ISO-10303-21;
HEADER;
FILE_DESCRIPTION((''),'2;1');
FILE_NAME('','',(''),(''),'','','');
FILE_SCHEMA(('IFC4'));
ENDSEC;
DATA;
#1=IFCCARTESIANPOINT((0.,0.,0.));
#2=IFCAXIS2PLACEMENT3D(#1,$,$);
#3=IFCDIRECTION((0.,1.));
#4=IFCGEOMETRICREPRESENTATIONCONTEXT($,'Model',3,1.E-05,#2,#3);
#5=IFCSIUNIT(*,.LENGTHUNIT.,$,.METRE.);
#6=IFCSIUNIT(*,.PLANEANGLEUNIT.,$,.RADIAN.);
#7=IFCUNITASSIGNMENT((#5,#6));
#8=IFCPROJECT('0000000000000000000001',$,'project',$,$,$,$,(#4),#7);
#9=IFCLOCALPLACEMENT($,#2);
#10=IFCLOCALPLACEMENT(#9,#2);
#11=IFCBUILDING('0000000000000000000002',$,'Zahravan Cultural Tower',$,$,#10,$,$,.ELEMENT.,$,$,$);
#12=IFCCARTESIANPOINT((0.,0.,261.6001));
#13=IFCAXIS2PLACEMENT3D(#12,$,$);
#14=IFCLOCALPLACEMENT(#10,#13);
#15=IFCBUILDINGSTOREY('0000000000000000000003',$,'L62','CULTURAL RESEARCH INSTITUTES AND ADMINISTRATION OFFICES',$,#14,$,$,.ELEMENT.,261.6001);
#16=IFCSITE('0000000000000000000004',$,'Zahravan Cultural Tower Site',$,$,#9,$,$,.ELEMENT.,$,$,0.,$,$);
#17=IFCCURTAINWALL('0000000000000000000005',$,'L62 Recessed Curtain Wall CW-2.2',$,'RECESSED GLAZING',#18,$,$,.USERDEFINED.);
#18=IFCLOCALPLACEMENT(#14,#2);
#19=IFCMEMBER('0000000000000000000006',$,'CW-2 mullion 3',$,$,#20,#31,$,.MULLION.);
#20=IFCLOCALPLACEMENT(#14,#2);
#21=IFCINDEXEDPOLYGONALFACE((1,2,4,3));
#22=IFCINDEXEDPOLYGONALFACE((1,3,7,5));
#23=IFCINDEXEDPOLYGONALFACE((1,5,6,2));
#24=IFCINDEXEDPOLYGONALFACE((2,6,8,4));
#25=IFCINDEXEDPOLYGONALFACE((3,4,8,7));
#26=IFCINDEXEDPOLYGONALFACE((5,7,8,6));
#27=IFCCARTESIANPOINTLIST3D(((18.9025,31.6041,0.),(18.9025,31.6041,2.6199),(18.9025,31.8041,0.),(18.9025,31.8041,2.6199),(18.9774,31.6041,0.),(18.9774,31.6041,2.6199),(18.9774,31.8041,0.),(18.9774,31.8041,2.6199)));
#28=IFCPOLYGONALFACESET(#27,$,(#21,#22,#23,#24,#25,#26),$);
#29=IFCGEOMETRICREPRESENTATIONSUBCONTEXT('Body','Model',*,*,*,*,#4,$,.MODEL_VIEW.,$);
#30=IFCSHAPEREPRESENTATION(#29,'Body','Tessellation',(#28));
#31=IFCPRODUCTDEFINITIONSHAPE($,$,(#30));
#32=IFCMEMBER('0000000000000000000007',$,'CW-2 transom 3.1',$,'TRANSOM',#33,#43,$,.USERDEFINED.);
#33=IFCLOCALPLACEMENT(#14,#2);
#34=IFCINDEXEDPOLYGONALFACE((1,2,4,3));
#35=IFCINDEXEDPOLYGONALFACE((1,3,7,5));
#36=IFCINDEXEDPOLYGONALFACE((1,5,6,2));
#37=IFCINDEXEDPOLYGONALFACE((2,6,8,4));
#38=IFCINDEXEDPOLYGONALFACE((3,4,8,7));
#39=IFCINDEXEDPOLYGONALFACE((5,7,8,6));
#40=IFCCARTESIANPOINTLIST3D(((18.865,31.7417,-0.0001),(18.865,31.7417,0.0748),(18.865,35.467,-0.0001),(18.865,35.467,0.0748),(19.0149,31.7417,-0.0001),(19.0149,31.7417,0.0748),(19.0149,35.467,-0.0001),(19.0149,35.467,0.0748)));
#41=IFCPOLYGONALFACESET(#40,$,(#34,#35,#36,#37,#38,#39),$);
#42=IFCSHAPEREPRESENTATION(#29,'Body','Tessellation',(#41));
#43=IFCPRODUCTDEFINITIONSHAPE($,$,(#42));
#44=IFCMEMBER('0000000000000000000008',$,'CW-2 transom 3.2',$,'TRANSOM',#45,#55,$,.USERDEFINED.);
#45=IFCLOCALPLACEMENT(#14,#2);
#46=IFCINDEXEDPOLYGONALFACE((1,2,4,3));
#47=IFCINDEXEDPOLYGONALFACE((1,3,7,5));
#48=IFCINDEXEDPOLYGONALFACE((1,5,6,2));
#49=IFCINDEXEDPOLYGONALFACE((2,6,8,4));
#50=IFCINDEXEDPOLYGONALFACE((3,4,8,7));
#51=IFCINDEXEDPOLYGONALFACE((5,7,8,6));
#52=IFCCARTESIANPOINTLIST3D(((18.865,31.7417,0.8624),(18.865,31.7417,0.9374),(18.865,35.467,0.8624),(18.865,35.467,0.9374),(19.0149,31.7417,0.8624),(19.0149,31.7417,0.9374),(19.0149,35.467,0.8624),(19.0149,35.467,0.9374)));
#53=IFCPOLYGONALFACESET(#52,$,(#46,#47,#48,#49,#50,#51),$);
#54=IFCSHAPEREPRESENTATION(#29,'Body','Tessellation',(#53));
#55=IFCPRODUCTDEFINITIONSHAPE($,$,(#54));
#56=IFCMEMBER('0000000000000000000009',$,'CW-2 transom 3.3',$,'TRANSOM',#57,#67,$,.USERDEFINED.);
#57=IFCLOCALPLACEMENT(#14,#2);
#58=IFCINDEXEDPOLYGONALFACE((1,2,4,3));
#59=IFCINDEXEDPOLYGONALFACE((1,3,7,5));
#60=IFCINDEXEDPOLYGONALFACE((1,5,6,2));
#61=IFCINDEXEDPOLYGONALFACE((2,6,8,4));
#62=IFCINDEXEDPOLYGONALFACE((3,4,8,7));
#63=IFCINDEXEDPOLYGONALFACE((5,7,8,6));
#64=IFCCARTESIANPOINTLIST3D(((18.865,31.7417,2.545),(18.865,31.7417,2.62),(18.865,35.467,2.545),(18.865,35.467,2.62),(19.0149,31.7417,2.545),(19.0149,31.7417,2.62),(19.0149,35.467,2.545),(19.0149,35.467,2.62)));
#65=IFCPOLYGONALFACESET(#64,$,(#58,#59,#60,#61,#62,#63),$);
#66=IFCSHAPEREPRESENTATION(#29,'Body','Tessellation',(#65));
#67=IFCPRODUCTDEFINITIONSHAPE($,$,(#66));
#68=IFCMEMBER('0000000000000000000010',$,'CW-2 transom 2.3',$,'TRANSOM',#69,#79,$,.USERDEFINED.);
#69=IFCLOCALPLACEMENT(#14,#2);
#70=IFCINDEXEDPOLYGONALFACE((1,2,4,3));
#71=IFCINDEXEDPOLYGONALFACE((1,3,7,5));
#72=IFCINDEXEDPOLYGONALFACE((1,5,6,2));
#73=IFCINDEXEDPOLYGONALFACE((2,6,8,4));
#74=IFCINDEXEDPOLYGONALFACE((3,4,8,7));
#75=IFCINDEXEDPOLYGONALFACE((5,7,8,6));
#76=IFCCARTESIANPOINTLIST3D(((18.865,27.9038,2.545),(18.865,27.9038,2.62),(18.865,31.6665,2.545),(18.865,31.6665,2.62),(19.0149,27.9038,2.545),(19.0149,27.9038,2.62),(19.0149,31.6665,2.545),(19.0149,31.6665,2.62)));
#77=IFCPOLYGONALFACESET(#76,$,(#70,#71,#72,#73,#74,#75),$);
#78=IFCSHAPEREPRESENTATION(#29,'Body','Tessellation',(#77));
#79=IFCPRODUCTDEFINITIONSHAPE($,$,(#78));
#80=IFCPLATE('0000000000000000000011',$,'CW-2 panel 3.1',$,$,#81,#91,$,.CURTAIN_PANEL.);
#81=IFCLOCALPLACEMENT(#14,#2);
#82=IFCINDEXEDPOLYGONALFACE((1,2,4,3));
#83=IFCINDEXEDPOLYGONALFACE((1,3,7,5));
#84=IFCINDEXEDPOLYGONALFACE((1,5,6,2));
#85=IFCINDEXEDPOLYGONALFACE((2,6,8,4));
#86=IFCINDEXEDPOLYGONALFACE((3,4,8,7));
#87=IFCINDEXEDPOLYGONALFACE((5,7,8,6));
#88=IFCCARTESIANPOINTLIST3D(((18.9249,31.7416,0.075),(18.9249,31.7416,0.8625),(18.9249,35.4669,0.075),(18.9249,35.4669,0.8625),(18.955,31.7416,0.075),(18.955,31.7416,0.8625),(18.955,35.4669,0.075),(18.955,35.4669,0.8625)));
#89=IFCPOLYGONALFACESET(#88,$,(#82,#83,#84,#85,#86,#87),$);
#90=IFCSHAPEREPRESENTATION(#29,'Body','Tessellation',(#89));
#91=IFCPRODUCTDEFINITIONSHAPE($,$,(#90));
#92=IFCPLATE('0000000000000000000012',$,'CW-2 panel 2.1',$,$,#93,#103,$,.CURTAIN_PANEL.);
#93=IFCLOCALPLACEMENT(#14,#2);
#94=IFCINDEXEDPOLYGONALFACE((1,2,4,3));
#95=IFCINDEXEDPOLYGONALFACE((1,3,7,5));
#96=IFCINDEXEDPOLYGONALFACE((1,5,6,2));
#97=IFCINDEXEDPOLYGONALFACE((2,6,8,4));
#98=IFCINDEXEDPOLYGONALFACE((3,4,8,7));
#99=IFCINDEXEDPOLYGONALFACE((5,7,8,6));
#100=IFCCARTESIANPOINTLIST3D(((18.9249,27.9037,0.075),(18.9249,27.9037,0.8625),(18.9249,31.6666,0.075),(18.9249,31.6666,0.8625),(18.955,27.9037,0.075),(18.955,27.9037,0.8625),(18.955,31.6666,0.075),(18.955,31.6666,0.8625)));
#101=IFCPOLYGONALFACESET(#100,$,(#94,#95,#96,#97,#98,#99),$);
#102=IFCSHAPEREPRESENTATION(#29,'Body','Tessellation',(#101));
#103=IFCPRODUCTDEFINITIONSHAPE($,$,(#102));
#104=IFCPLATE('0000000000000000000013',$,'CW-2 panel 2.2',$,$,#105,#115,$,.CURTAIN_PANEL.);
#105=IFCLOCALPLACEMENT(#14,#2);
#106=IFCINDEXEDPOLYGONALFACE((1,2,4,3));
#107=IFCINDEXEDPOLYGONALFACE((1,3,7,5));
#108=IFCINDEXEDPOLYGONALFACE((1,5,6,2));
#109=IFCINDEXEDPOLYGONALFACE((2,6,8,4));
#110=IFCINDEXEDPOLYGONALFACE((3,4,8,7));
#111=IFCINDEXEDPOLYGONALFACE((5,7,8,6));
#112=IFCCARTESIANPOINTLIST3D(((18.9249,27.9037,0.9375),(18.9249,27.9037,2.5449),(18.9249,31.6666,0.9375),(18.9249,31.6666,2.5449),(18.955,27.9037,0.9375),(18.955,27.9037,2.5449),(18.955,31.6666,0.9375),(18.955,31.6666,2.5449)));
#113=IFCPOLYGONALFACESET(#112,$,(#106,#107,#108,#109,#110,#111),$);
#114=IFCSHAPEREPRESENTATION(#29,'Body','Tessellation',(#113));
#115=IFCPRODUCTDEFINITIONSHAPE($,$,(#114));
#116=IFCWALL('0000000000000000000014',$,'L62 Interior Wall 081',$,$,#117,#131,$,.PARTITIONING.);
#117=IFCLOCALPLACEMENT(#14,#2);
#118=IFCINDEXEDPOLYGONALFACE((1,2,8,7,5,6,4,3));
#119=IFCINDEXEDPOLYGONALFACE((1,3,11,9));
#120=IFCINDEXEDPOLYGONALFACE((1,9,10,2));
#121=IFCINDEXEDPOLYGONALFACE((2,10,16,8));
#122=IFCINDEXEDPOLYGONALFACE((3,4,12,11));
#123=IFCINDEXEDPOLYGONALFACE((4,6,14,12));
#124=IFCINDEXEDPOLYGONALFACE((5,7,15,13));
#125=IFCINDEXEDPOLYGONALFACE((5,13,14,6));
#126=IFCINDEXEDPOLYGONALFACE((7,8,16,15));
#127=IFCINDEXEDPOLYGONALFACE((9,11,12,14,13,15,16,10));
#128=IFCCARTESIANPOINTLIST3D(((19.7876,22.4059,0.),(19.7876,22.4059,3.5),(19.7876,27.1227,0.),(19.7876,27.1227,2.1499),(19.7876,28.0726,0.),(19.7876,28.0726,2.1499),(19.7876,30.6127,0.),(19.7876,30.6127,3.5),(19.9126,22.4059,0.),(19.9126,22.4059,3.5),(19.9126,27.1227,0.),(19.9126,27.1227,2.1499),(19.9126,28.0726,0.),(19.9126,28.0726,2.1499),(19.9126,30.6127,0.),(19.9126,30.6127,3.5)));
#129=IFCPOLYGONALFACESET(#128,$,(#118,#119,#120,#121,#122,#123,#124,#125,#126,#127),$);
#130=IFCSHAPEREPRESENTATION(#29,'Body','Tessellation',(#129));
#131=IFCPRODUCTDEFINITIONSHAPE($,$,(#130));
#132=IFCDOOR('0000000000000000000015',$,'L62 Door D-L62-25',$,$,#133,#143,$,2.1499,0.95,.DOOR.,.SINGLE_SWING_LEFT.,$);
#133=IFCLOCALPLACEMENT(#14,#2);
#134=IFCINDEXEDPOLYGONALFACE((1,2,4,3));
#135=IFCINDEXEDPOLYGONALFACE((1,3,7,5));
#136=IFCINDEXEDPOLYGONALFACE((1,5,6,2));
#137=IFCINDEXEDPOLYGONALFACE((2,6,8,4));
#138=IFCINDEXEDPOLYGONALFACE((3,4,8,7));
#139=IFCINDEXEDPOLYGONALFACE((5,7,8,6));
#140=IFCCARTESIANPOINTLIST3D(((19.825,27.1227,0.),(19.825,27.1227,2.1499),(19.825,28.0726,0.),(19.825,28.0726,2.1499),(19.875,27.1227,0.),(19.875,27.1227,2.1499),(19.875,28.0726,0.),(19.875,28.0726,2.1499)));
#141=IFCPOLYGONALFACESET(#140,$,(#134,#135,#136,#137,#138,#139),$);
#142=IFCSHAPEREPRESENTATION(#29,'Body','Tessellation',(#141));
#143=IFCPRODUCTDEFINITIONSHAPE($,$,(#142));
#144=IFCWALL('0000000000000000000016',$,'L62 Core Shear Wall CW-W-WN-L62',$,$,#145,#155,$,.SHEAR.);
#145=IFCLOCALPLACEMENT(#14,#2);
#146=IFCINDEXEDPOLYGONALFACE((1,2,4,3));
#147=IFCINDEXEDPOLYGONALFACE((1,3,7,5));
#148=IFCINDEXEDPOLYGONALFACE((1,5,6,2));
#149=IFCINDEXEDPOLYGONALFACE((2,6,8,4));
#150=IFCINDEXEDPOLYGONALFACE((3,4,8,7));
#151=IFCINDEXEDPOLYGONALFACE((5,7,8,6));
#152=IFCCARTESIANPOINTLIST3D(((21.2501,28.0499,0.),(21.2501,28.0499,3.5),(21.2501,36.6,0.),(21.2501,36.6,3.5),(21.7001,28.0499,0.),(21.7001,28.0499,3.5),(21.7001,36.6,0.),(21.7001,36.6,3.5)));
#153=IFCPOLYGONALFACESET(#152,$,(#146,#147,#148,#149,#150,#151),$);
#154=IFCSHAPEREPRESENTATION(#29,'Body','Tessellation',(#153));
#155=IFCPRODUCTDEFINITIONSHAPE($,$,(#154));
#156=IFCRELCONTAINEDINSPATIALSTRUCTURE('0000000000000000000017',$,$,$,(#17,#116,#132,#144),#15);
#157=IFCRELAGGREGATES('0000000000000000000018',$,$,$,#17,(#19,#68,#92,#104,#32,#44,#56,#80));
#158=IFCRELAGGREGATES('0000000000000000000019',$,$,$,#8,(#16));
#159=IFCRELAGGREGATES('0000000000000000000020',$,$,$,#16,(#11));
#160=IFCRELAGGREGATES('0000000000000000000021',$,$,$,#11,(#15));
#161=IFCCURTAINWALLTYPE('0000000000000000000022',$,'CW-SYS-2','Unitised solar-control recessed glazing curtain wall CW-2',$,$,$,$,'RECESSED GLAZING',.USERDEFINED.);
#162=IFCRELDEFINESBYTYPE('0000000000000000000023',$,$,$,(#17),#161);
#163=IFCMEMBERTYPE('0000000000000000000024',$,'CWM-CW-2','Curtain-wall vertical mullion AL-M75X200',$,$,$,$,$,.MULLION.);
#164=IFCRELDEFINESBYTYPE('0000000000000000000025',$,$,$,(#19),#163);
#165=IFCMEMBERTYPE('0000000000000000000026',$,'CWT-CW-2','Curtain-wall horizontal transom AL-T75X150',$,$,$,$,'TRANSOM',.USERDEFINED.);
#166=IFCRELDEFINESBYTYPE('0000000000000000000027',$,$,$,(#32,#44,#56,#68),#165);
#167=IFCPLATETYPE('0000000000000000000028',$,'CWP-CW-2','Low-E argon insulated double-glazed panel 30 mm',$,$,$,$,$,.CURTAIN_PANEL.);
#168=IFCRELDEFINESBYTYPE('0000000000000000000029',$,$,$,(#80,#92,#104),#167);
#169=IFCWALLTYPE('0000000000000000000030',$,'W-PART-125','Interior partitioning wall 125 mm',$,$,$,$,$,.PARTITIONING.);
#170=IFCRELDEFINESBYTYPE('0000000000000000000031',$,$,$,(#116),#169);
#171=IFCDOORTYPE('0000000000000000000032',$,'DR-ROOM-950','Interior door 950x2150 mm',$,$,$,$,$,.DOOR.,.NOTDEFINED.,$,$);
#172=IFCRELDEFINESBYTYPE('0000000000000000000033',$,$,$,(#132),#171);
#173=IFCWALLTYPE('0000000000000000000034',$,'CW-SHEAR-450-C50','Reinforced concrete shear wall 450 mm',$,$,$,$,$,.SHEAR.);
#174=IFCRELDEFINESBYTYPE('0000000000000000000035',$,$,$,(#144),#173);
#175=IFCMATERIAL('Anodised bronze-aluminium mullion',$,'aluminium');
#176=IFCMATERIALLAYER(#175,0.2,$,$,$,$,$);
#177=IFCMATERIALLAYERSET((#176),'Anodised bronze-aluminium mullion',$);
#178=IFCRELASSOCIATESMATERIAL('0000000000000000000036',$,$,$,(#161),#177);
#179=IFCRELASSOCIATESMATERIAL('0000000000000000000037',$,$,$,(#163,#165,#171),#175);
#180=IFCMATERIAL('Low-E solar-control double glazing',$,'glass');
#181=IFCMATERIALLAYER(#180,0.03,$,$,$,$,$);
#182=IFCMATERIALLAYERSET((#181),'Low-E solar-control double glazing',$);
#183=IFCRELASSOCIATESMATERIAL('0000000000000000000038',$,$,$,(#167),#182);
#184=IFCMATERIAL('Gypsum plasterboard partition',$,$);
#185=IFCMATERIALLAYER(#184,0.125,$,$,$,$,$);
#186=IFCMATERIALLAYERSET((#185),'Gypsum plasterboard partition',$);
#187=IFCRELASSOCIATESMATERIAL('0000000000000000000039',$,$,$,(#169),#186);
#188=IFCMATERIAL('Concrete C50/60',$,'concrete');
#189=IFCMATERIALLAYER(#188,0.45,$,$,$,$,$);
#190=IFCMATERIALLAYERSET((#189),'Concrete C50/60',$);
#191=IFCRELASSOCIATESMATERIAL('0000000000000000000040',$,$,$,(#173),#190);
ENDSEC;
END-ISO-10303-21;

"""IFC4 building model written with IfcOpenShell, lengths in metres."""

from ifc_helpers import new_model, si_unit, direction, frame, frame_2d, origin, origin_2d, place, context, subcontext, project, spatial, rectangle, extrude, source, transform, mapped, material, layer, layer_set, material_profile, profile_set, type_object, element, fill, aggregate, save


model = new_model("IFC4")

# Units and contexts
model_context = context("Model", 3, precision=1e-05, world=origin(), true_north=direction((0.0, 1.0)))
body_context = subcontext(model_context, "Body", "Model", "MODEL_VIEW")
ifc_project = project(units=[si_unit("LENGTHUNIT", "METRE"), si_unit("PLANEANGLEUNIT", "RADIAN")], contexts=[model_context])

# Site, building, storey
site_placement = place(None, origin())
site = spatial("IfcSite", under=ifc_project, at=site_placement, Name="Zahravan Cultural Tower Site", CompositionType="ELEMENT", RefElevation=0.0)
building_placement = place(site_placement, origin())
building = spatial("IfcBuilding", under=site, at=building_placement, Name="Zahravan Cultural Tower", CompositionType="ELEMENT")
storey_placement = place(building_placement, frame((0.0, 0.0, 261.6001)))
storey = spatial("IfcBuildingStorey", under=building, at=storey_placement, Name="L62", Description="CULTURAL RESEARCH INSTITUTES AND ADMINISTRATION OFFICES", CompositionType="ELEMENT", Elevation=261.6001)

# Curtain wall, members, plates
ifc_material_1 = material(Name="Anodised bronze-aluminium mullion", Category="aluminium")
ifc_layer_1 = layer(ifc_material_1, 0.2)
ifc_layer_set_1 = layer_set([ifc_layer_1], Name="Anodised bronze-aluminium mullion")
curtain_wall_type = type_object("IfcCurtainWallType", Name="CW-SYS-2", Description="Unitised solar-control recessed glazing curtain wall CW-2", ElementType="RECESSED GLAZING", PredefinedType="USERDEFINED", material=ifc_layer_set_1)
curtain_wall_placement = place(storey_placement, origin())
curtain_wall = element("IfcCurtainWall", 1, at=curtain_wall_placement, inside=storey, type_object=curtain_wall_type, Name="L62 Recessed Curtain Wall CW-2.2", ObjectType="RECESSED GLAZING", PredefinedType="USERDEFINED")
ifc_material_profile_1 = material_profile(ifc_material_1, rectangle(XDim=0.075, YDim=0.2, at=origin_2d()), Name="AL-M75X200")
ifc_profile_set_1 = profile_set([ifc_material_profile_1], Name="Anodised bronze-aluminium mullion")
member_type_1 = type_object("IfcMemberType", Name="CWM-CW-2", Description="Curtain-wall vertical mullion AL-M75X200", PredefinedType="MULLION", material=ifc_profile_set_1)
shared_shape_1 = source(origin(), body_context, "Body", "SweptSolid", [
    extrude(rectangle(XDim=0.075, YDim=0.2, at=origin_2d()), origin(), (0.0, 0.0, 1.0), 2.6199),
])
member_1_placement = place(storey_placement, frame((18.9399, 31.7041, 0.0), z_axis=(0.0, 0.0, 1.0), x_axis=(-1.0, 0.0, 0.0)))
member_1 = element("IfcMember", 2, at=member_1_placement, type_object=member_type_1, Name="CW-2 mullion 3", PredefinedType="MULLION", context=body_context, shape_type="MappedRepresentation", body=[
    mapped(shared_shape_1, transform((0.0, 0.0, 0.0), x_axis=(1.0, 0.0, 0.0), y_axis=(0.0, 1.0, 0.0), z_axis=(0.0, 0.0, 1.0), scale=1.0)),
])
ifc_material_profile_2 = material_profile(ifc_material_1, rectangle(XDim=0.1499, YDim=0.075, at=origin_2d()), Name="AL-T75X150")
ifc_profile_set_2 = profile_set([ifc_material_profile_2], Name="Anodised bronze-aluminium mullion")
member_type_2 = type_object("IfcMemberType", Name="CWT-CW-2", Description="Curtain-wall horizontal transom AL-T75X150", ElementType="TRANSOM", PredefinedType="USERDEFINED", material=ifc_profile_set_2)
shared_shape_2 = source(origin(), body_context, "Body", "SweptSolid", [
    extrude(rectangle(XDim=0.1499, YDim=0.075, at=origin_2d()), origin(), (0.0, 0.0, 1.0), 3.7253),
])
member_2_placement = place(storey_placement, frame((18.9399, 31.7417, 0.0374), z_axis=(0.0, 1.0, 0.0), x_axis=(-1.0, 0.0, 0.0)))
member_2 = element("IfcMember", 3, at=member_2_placement, type_object=member_type_2, Name="CW-2 transom 3.1", ObjectType="TRANSOM", PredefinedType="USERDEFINED", context=body_context, shape_type="MappedRepresentation", body=[
    mapped(shared_shape_2, transform((0.0, 0.0, 0.0), x_axis=(1.0, 0.0, 0.0), y_axis=(0.0, 1.0, 0.0), z_axis=(0.0, 0.0, 1.0), scale=1.0)),
])
member_3_placement = place(storey_placement, frame((18.9399, 31.7417, 0.8999), z_axis=(0.0, 1.0, 0.0), x_axis=(-1.0, 0.0, 0.0)))
member_3 = element("IfcMember", 4, at=member_3_placement, type_object=member_type_2, Name="CW-2 transom 3.2", ObjectType="TRANSOM", PredefinedType="USERDEFINED", context=body_context, shape_type="MappedRepresentation", body=[
    mapped(shared_shape_2, transform((0.0, 0.0, 0.0), x_axis=(1.0, 0.0, 0.0), y_axis=(0.0, 1.0, 0.0), z_axis=(0.0, 0.0, 1.0), scale=1.0)),
])
member_4_placement = place(storey_placement, frame((18.9399, 31.7417, 2.5825), z_axis=(0.0, 1.0, 0.0), x_axis=(-1.0, 0.0, 0.0)))
member_4 = element("IfcMember", 5, at=member_4_placement, type_object=member_type_2, Name="CW-2 transom 3.3", ObjectType="TRANSOM", PredefinedType="USERDEFINED", context=body_context, shape_type="MappedRepresentation", body=[
    mapped(shared_shape_2, transform((0.0, 0.0, 0.0), x_axis=(1.0, 0.0, 0.0), y_axis=(0.0, 1.0, 0.0), z_axis=(0.0, 0.0, 1.0), scale=1.0)),
])
shared_shape_3 = source(origin(), body_context, "Body", "SweptSolid", [
    extrude(rectangle(XDim=0.1499, YDim=0.075, at=origin_2d()), origin(), (0.0, 0.0, 1.0), 3.7627),
])
member_5_placement = place(storey_placement, frame((18.9399, 27.9038, 2.5825), z_axis=(0.0, 1.0, 0.0), x_axis=(-1.0, 0.0, 0.0)))
member_5 = element("IfcMember", 6, at=member_5_placement, type_object=member_type_2, Name="CW-2 transom 2.3", ObjectType="TRANSOM", PredefinedType="USERDEFINED", context=body_context, shape_type="MappedRepresentation", body=[
    mapped(shared_shape_3, transform((0.0, 0.0, 0.0), x_axis=(1.0, 0.0, 0.0), y_axis=(0.0, 1.0, 0.0), z_axis=(0.0, 0.0, 1.0), scale=1.0)),
])
ifc_material_2 = material(Name="Low-E solar-control double glazing", Category="glass")
ifc_layer_2 = layer(ifc_material_2, 0.03)
ifc_layer_set_2 = layer_set([ifc_layer_2], Name="Low-E solar-control double glazing")
plate_type = type_object("IfcPlateType", Name="CWP-CW-2", Description="Low-E argon insulated double-glazed panel 30 mm", PredefinedType="CURTAIN_PANEL", material=ifc_layer_set_2)
shared_shape_4 = source(origin(), body_context, "Body", "SweptSolid", [
    extrude(rectangle(XDim=3.7253, YDim=0.03, at=origin_2d()), origin(), (0.0, 0.0, 1.0), 0.7876),
])
plate_1_placement = place(storey_placement, frame((18.9399, 33.6042, 0.075), z_axis=(0.0, 0.0, 1.0), x_axis=(0.0, 1.0, 0.0)))
plate_1 = element("IfcPlate", 7, at=plate_1_placement, type_object=plate_type, Name="CW-2 panel 3.1", PredefinedType="CURTAIN_PANEL", context=body_context, shape_type="MappedRepresentation", body=[
    mapped(shared_shape_4, transform((0.0, 0.0, 0.0), x_axis=(1.0, 0.0, 0.0), y_axis=(0.0, 1.0, 0.0), z_axis=(0.0, 0.0, 1.0), scale=1.0)),
])
shared_shape_5 = source(origin(), body_context, "Body", "SweptSolid", [
    extrude(rectangle(XDim=3.7629, YDim=0.03, at=origin_2d()), origin(), (0.0, 0.0, 1.0), 0.7876),
])
plate_2_placement = place(storey_placement, frame((18.9399, 29.7852, 0.075), z_axis=(0.0, 0.0, 1.0), x_axis=(0.0, 1.0, 0.0)))
plate_2 = element("IfcPlate", 8, at=plate_2_placement, type_object=plate_type, Name="CW-2 panel 2.1", PredefinedType="CURTAIN_PANEL", context=body_context, shape_type="MappedRepresentation", body=[
    mapped(shared_shape_5, transform((0.0, 0.0, 0.0), x_axis=(1.0, 0.0, 0.0), y_axis=(0.0, 1.0, 0.0), z_axis=(0.0, 0.0, 1.0), scale=1.0)),
])
shared_shape_6 = source(origin(), body_context, "Body", "SweptSolid", [
    extrude(rectangle(XDim=3.7629, YDim=0.03, at=origin_2d()), origin(), (0.0, 0.0, 1.0), 1.6074),
])
plate_3_placement = place(storey_placement, frame((18.9399, 29.7852, 0.9375), z_axis=(0.0, 0.0, 1.0), x_axis=(0.0, 1.0, 0.0)))
plate_3 = element("IfcPlate", 9, at=plate_3_placement, type_object=plate_type, Name="CW-2 panel 2.2", PredefinedType="CURTAIN_PANEL", context=body_context, shape_type="MappedRepresentation", body=[
    mapped(shared_shape_6, transform((0.0, 0.0, 0.0), x_axis=(1.0, 0.0, 0.0), y_axis=(0.0, 1.0, 0.0), z_axis=(0.0, 0.0, 1.0), scale=1.0)),
])
aggregate(curtain_wall, [member_1, member_5, plate_2, plate_3, member_2, member_3, member_4, plate_1])

# Wall, opening, door
ifc_material_3 = material(Name="Gypsum plasterboard partition")
ifc_layer_3 = layer(ifc_material_3, 0.125)
ifc_layer_set_3 = layer_set([ifc_layer_3], Name="Gypsum plasterboard partition")
wall_type_1 = type_object("IfcWallType", Name="W-PART-125", Description="Interior partitioning wall 125 mm", PredefinedType="PARTITIONING", material=ifc_layer_set_3)
wall_1_placement = place(storey_placement, frame((19.8501, 30.6128, 0.0), z_axis=(0.0, 0.0, 1.0), x_axis=(0.0, -1.0, 0.0)))
wall_1 = element("IfcWall", 10, at=wall_1_placement, inside=storey, type_object=wall_type_1, Name="L62 Interior Wall 081", PredefinedType="PARTITIONING", context=body_context, shape_type="SweptSolid", body=[
    extrude(rectangle(XDim=8.2068, YDim=0.125, at=frame_2d((4.1035, 0.0))), origin(), (0.0, 0.0, 1.0), 3.5),
])
opening_1_placement = place(wall_1_placement, frame((2.54, 0.0, 0.0)))
opening_1 = element("IfcOpeningElement", 11, at=opening_1_placement, cuts=wall_1, PredefinedType="OPENING", context=body_context, shape_type="SweptSolid", body=[
    extrude(rectangle(XDim=0.95, YDim=2.1499, at=frame_2d((0.4751, 1.075))), frame((0.0, 0.0725, 0.0), z_axis=(0.0, -1.0, 0.0), x_axis=(1.0, 0.0, 0.0)), (0.0, 0.0, 1.0), 0.145),
])
door_type = type_object("IfcDoorType", Name="DR-ROOM-950", Description="Interior door 950x2150 mm", OperationType="NOTDEFINED", PredefinedType="DOOR", material=ifc_material_1)
shared_shape_7 = source(origin(), body_context, "Body", "SweptSolid", [
    extrude(rectangle(XDim=0.95, YDim=2.1499, at=frame_2d((0.4751, 1.075))), frame((0.0, 0.0249, 0.0), z_axis=(0.0, -1.0, 0.0), x_axis=(1.0, 0.0, 0.0)), (0.0, 0.0, 1.0), 0.05),
])
door_1_placement = place(opening_1_placement, origin())
door_1 = element("IfcDoor", 12, at=door_1_placement, inside=storey, type_object=door_type, Name="L62 Door D-L62-25", OperationType="SINGLE_SWING_LEFT", OverallHeight=2.1499, OverallWidth=0.95, PredefinedType="DOOR", context=body_context, shape_type="MappedRepresentation", body=[
    mapped(shared_shape_7, transform((0.0, 0.0, 0.0), x_axis=(1.0, 0.0, 0.0), y_axis=(0.0, 1.0, 0.0), z_axis=(0.0, 0.0, 1.0), scale=1.0)),
])
fill(opening_1, door_1)

# Wall
ifc_material_4 = material(Name="Concrete C50/60", Category="concrete")
ifc_layer_4 = layer(ifc_material_4, 0.45)
ifc_layer_set_4 = layer_set([ifc_layer_4], Name="Concrete C50/60")
wall_type_2 = type_object("IfcWallType", Name="CW-SHEAR-450-C50", Description="Reinforced concrete shear wall 450 mm", PredefinedType="SHEAR", material=ifc_layer_set_4)
shared_shape_8 = source(origin(), body_context, "Body", "SweptSolid", [
    extrude(rectangle(XDim=8.55, YDim=0.45, at=frame_2d((4.2749, 0.0))), origin(), (0.0, 0.0, 1.0), 3.5),
])
wall_2_placement = place(storey_placement, frame((21.4751, 28.05, 0.0), z_axis=(0.0, 0.0, 1.0), x_axis=(0.0, 1.0, 0.0)))
element("IfcWall", 13, at=wall_2_placement, inside=storey, type_object=wall_type_2, Name="L62 Core Shear Wall CW-W-WN-L62", PredefinedType="SHEAR", context=body_context, shape_type="MappedRepresentation", body=[
    mapped(shared_shape_8, transform((0.0, 0.0, 0.0), x_axis=(1.0, 0.0, 0.0), y_axis=(0.0, 1.0, 0.0), z_axis=(0.0, 0.0, 1.0), scale=1.0)),
])

save(model, "model.ifc")
